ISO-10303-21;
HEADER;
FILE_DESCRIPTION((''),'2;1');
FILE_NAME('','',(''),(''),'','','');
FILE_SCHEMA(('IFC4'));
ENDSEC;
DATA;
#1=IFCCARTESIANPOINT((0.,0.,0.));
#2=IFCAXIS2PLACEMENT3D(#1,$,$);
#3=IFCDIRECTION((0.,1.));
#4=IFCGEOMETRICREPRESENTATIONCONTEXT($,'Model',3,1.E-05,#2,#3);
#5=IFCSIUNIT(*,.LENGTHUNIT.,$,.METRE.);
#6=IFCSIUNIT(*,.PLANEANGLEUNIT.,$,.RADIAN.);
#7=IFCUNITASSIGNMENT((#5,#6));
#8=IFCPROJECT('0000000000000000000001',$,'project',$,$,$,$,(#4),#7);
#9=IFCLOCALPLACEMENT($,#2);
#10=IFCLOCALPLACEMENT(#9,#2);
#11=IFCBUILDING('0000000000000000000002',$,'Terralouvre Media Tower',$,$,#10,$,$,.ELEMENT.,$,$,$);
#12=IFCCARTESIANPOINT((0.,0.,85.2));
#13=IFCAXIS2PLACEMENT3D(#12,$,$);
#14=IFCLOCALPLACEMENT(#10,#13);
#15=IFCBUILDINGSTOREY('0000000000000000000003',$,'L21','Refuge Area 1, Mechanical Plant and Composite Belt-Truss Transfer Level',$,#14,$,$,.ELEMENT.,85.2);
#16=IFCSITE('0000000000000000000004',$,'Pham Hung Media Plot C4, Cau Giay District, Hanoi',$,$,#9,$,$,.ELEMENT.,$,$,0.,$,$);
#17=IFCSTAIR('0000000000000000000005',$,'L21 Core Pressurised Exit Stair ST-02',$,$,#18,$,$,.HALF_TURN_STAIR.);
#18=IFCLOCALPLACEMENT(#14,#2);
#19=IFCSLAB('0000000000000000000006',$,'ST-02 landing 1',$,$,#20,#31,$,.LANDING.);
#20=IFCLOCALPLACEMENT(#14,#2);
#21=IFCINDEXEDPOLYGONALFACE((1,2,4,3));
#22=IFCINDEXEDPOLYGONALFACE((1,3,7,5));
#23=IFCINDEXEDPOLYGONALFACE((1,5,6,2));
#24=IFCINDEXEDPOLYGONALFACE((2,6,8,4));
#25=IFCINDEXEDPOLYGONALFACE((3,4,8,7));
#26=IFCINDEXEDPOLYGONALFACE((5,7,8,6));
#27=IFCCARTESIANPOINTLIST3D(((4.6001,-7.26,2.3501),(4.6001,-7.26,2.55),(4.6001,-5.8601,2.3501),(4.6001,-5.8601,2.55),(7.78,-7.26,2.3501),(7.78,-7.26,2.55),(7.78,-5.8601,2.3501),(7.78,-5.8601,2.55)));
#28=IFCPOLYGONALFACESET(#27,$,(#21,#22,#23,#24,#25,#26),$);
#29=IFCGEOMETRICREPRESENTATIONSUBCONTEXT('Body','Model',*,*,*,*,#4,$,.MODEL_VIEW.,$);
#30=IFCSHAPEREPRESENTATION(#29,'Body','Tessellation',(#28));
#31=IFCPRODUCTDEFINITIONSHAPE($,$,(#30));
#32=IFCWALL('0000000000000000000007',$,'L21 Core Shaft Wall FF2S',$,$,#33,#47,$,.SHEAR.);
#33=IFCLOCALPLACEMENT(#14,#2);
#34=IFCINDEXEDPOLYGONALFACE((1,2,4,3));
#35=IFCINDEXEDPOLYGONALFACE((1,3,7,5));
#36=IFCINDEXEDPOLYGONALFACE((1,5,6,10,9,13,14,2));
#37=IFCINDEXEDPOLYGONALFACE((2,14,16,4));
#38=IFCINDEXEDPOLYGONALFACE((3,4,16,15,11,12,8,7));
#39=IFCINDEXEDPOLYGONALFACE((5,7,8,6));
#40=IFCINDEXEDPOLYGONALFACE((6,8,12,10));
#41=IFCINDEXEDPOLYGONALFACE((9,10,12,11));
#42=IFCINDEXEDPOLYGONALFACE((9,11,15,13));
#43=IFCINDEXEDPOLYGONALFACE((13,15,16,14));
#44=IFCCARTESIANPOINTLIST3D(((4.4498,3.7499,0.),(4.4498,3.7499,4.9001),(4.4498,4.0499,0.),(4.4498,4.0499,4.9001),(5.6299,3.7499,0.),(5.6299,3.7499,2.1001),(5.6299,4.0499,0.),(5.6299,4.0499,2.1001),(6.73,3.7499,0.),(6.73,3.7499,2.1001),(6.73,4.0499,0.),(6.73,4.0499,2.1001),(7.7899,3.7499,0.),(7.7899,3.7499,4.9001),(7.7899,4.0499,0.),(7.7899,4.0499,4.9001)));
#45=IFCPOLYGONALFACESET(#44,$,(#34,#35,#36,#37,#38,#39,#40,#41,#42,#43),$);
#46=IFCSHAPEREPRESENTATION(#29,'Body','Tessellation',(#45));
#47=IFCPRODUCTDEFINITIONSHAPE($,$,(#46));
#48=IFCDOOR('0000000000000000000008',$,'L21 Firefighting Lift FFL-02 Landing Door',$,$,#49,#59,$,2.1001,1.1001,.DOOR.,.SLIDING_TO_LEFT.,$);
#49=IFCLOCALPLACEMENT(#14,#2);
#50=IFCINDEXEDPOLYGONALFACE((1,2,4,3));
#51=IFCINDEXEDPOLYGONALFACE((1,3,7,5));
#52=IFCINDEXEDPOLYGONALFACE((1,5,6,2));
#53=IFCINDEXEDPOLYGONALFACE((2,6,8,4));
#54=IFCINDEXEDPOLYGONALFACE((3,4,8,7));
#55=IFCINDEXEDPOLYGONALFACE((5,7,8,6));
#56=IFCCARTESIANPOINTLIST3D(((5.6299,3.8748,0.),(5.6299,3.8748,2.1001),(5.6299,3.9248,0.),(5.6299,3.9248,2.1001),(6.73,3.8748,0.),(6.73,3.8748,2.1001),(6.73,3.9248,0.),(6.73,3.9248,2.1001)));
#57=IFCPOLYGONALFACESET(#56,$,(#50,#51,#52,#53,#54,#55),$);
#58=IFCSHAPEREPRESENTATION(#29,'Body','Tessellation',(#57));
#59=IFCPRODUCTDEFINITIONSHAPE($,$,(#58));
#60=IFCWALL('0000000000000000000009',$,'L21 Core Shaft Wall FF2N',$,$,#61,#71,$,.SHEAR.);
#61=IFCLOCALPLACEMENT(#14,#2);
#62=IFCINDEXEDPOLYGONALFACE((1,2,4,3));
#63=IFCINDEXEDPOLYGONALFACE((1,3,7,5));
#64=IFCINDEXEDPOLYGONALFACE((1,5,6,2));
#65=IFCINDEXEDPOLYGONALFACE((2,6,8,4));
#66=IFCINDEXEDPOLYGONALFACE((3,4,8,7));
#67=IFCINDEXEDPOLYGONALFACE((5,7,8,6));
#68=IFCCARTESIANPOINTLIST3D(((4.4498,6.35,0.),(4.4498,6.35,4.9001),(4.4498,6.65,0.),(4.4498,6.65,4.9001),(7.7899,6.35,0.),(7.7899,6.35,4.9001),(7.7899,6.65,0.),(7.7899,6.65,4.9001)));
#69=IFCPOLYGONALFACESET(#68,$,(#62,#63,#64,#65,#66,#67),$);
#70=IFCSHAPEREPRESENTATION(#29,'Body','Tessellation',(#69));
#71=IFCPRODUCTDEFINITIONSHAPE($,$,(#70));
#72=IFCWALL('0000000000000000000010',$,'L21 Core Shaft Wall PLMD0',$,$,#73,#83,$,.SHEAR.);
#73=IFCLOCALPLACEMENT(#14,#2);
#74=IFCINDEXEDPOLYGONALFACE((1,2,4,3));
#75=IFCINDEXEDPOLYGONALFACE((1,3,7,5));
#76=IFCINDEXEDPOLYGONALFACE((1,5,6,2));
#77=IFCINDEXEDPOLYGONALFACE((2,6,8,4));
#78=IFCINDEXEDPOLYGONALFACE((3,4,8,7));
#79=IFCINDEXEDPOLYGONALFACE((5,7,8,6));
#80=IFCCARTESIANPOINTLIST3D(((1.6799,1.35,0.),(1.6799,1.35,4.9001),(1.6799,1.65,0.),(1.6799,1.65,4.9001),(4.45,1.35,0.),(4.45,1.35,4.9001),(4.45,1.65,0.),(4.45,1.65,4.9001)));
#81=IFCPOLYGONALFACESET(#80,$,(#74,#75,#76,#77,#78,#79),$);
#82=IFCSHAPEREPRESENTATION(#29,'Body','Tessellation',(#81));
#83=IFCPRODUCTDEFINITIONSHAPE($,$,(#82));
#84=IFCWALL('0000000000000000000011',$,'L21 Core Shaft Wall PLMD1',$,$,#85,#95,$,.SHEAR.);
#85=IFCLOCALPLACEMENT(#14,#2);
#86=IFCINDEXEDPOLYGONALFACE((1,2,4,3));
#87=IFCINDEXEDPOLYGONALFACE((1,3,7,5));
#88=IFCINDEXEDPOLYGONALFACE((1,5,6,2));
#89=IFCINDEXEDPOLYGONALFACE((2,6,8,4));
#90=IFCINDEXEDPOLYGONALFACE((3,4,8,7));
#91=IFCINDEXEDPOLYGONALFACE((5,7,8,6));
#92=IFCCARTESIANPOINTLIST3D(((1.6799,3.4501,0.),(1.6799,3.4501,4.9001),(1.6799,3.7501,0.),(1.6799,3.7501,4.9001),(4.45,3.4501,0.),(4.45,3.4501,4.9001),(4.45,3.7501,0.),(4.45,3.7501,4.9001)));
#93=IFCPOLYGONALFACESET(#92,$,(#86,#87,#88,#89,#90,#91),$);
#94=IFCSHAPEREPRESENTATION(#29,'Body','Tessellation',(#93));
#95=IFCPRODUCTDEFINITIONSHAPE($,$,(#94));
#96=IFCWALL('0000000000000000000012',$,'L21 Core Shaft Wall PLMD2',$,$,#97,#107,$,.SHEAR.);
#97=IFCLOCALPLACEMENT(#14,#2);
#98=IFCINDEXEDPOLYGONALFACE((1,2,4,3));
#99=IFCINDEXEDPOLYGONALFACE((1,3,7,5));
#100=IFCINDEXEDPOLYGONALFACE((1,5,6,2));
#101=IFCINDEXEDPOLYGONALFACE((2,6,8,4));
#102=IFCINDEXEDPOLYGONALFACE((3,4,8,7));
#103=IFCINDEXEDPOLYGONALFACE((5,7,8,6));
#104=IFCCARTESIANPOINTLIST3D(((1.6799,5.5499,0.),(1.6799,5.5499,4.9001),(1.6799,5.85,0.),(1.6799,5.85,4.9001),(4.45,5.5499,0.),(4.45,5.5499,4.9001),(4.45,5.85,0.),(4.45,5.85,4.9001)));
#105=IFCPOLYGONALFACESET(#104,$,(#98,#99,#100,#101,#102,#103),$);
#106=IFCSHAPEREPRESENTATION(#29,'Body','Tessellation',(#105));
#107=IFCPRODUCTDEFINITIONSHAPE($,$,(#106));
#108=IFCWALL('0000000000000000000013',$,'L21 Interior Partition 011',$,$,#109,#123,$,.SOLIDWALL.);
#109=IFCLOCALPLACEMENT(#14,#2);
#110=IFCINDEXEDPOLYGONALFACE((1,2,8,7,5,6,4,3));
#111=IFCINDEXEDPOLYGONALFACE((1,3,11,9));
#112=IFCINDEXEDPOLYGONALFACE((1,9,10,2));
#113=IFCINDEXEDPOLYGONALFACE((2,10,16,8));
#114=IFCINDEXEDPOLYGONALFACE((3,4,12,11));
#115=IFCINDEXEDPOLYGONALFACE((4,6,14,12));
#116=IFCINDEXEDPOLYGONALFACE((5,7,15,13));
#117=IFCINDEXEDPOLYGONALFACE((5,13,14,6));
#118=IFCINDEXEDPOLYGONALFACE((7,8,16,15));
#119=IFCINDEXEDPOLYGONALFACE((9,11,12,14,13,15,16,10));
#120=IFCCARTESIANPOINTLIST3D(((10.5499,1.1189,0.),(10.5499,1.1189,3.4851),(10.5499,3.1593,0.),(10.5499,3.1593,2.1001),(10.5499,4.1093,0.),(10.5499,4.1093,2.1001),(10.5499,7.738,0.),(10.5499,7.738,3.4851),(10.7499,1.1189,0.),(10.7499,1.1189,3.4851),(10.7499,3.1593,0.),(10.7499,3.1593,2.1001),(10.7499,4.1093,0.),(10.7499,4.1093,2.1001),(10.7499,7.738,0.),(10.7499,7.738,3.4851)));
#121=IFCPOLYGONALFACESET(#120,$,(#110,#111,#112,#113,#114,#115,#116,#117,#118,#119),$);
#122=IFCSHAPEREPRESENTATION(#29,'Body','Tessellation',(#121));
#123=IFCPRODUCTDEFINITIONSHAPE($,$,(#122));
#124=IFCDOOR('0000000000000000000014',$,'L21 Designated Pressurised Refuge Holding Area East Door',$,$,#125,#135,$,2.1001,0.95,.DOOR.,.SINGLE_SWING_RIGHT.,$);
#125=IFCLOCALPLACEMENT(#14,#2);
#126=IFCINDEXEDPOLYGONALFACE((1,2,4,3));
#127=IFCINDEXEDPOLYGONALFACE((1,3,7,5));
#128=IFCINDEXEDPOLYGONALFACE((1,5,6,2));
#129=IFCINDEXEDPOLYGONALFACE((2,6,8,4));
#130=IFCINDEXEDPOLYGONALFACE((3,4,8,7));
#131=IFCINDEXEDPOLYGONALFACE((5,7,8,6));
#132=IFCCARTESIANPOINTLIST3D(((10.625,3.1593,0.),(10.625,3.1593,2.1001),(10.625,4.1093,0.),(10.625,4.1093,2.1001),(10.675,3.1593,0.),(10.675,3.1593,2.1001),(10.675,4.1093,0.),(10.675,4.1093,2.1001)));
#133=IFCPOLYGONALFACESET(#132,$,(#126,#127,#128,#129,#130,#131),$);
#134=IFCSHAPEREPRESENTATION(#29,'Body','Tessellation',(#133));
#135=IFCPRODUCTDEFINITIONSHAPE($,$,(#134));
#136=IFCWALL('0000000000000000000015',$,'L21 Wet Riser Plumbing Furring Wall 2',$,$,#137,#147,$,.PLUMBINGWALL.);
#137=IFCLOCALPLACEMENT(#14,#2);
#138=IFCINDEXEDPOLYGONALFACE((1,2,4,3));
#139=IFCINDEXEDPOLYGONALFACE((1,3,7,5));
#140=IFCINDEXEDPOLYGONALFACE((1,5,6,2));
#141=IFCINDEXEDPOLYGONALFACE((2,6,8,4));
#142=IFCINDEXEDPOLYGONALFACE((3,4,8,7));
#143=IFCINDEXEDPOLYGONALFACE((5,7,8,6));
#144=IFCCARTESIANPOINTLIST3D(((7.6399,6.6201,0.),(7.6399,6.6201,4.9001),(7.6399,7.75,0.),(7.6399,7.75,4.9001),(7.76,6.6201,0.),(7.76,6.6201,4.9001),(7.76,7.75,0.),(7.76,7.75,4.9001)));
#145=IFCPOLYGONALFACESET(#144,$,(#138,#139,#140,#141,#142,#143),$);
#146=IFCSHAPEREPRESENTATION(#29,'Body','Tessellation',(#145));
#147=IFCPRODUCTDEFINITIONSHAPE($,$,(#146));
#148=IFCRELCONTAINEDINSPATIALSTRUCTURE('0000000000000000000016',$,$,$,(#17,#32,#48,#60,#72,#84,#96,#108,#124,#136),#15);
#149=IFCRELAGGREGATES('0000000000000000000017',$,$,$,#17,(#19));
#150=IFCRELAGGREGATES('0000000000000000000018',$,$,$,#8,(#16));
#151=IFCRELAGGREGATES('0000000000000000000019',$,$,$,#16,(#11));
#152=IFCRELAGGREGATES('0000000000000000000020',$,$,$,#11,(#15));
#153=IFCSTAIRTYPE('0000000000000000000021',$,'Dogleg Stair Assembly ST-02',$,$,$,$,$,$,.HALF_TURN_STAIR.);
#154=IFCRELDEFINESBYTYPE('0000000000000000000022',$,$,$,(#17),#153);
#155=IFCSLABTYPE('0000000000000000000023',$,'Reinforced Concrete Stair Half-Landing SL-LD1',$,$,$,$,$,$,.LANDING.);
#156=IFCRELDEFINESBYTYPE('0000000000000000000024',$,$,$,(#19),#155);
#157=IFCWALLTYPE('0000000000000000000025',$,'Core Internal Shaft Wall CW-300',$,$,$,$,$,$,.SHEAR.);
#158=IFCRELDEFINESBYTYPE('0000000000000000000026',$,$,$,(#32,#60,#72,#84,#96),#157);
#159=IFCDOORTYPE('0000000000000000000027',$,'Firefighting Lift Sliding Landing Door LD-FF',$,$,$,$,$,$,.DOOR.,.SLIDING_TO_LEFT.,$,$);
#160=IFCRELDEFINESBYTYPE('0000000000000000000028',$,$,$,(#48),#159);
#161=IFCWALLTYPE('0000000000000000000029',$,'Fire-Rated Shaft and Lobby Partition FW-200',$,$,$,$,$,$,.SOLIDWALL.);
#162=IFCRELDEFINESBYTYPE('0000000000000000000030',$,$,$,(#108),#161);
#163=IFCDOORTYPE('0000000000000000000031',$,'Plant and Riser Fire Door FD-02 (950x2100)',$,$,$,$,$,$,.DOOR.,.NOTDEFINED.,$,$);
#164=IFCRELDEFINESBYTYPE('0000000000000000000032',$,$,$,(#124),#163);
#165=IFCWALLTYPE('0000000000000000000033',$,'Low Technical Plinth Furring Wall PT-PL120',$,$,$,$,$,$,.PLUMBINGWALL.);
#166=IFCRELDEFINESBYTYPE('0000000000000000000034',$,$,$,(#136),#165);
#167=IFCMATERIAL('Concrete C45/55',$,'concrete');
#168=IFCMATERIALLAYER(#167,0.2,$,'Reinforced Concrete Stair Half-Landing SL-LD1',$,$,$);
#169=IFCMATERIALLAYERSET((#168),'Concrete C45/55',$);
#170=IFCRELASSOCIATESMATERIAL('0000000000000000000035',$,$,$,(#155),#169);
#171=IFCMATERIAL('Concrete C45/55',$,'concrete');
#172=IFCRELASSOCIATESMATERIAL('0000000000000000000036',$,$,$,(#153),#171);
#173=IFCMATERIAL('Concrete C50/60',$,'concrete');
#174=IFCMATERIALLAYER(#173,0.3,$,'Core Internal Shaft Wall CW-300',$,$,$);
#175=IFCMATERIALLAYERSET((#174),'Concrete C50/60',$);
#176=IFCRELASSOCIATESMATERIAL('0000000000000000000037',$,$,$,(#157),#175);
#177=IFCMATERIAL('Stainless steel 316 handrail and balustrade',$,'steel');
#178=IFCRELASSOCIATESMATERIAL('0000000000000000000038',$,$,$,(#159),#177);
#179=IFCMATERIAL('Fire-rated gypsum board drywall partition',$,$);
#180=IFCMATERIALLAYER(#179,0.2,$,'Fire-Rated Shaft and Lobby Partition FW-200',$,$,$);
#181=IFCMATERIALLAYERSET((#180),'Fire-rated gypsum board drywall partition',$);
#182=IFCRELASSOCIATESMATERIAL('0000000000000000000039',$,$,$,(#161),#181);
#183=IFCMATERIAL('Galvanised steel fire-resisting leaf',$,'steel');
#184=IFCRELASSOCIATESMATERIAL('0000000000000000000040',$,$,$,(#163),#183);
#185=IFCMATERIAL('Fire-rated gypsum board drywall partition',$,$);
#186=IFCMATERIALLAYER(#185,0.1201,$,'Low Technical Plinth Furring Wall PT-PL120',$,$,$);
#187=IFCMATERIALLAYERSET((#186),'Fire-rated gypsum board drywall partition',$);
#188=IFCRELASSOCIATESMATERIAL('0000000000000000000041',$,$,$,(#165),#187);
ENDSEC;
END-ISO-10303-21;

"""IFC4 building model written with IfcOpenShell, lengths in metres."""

from ifc_helpers import new_model, si_unit, direction, frame, frame_2d, origin, place, context, subcontext, project, spatial, polyline, rectangle, outline, extrude, material, layer, layer_set, type_object, element, fill, aggregate, save


model = new_model("IFC4")

# Units and contexts
model_context = context("Model", 3, precision=1e-05, world=origin(), true_north=direction((0.0, 1.0)))
body_context = subcontext(model_context, "Body", "Model", "MODEL_VIEW")
ifc_project = project(units=[si_unit("LENGTHUNIT", "METRE"), si_unit("PLANEANGLEUNIT", "RADIAN")], contexts=[model_context])

# Site, building, storey
site_placement = place(None, origin())
site = spatial("IfcSite", under=ifc_project, at=site_placement, Name="Pham Hung Media Plot C4, Cau Giay District, Hanoi", CompositionType="ELEMENT", RefElevation=0.0)
building_placement = place(site_placement, origin())
building = spatial("IfcBuilding", under=site, at=building_placement, Name="Terralouvre Media Tower", CompositionType="ELEMENT")
storey_placement = place(building_placement, frame((0.0, 0.0, 85.2)))
storey = spatial("IfcBuildingStorey", under=building, at=storey_placement, Name="L21", Description="Refuge Area 1, Mechanical Plant and Composite Belt-Truss Transfer Level", CompositionType="ELEMENT", Elevation=85.2)

# Stair, slab
ifc_material_1 = material(Name="Concrete C45/55", Category="concrete")
ifc_layer_1 = layer(ifc_material_1, 0.2, Name="Reinforced Concrete Stair Half-Landing SL-LD1")
ifc_layer_set_1 = layer_set([ifc_layer_1], Name="Concrete C45/55")
slab_type = type_object("IfcSlabType", Name="Reinforced Concrete Stair Half-Landing SL-LD1", PredefinedType="LANDING", material=ifc_layer_set_1)
ifc_material_2 = material(Name="Concrete C45/55", Category="concrete")
stair_type_1 = type_object("IfcStairType", Name="Dogleg Stair Assembly ST-02", PredefinedType="HALF_TURN_STAIR", material=ifc_material_2)
stair_1_placement = place(storey_placement, origin())
stair_1 = element("IfcStair", 1, at=stair_1_placement, inside=storey, type_object=stair_type_1, Name="L21 Core Pressurised Exit Stair ST-02", PredefinedType="HALF_TURN_STAIR")
slab_1_placement = place(storey_placement, frame((0.0, 0.0, 2.3501)))
slab_1 = element("IfcSlab", 2, at=slab_1_placement, type_object=slab_type, Name="ST-02 landing 1", PredefinedType="LANDING", context=body_context, shape_type="SweptSolid", body=[
    extrude(outline(polyline([(4.6001, -5.8601), (4.6001, -7.26), (7.78, -7.26), (7.78, -5.8601), (4.6001, -5.8601)])), origin(), (0.0, 0.0, 1.0), 0.2),
])
aggregate(stair_1, [slab_1])

# Wall, opening, door
ifc_material_3 = material(Name="Concrete C50/60", Category="concrete")
ifc_layer_2 = layer(ifc_material_3, 0.3, Name="Core Internal Shaft Wall CW-300")
ifc_layer_set_2 = layer_set([ifc_layer_2], Name="Concrete C50/60")
wall_type_1 = type_object("IfcWallType", Name="Core Internal Shaft Wall CW-300", PredefinedType="SHEAR", material=ifc_layer_set_2)
wall_1_placement = place(storey_placement, frame((4.45, 3.8999, 0.0), z_axis=(0.0, 0.0, 1.0), x_axis=(1.0, 0.0, 0.0)))
wall_1 = element("IfcWall", 3, at=wall_1_placement, inside=storey, type_object=wall_type_1, Name="L21 Core Shaft Wall FF2S", PredefinedType="SHEAR", context=body_context, shape_type="SweptSolid", body=[
    extrude(rectangle(XDim=3.3401, YDim=0.3, at=frame_2d((1.6699, 0.0))), origin(), (0.0, 0.0, 1.0), 4.9001),
])
opening_1_placement = place(wall_1_placement, frame((1.1799, 0.0, 0.0)))
opening_1 = element("IfcOpeningElement", 4, at=opening_1_placement, cuts=wall_1, PredefinedType="OPENING", context=body_context, shape_type="SweptSolid", body=[
    extrude(rectangle(XDim=1.1001, YDim=2.1001, at=frame_2d((0.55, 1.05))), frame((0.0, 0.1599, 0.0), z_axis=(0.0, -1.0, 0.0), x_axis=(1.0, 0.0, 0.0)), (0.0, 0.0, 1.0), 0.3201),
])
ifc_material_4 = material(Name="Stainless steel 316 handrail and balustrade", Category="steel")
door_type_1 = type_object("IfcDoorType", Name="Firefighting Lift Sliding Landing Door LD-FF", OperationType="SLIDING_TO_LEFT", PredefinedType="DOOR", material=ifc_material_4)
door_1_placement = place(opening_1_placement, origin())
door_1 = element("IfcDoor", 5, at=door_1_placement, inside=storey, type_object=door_type_1, Name="L21 Firefighting Lift FFL-02 Landing Door", OperationType="SLIDING_TO_LEFT", OverallHeight=2.1001, OverallWidth=1.1001, PredefinedType="DOOR", context=body_context, shape_type="SweptSolid", body=[
    extrude(rectangle(XDim=1.1001, YDim=2.1001, at=frame_2d((0.55, 1.05))), frame((0.0, 0.0249, 0.0), z_axis=(0.0, -1.0, 0.0), x_axis=(1.0, 0.0, 0.0)), (0.0, 0.0, 1.0), 0.05),
])
fill(opening_1, door_1)

# Walls
wall_2_placement = place(storey_placement, frame((4.45, 6.5, 0.0), z_axis=(0.0, 0.0, 1.0), x_axis=(1.0, 0.0, 0.0)))
element("IfcWall", 6, at=wall_2_placement, inside=storey, type_object=wall_type_1, Name="L21 Core Shaft Wall FF2N", PredefinedType="SHEAR", context=body_context, shape_type="SweptSolid", body=[
    extrude(rectangle(XDim=3.3401, YDim=0.3, at=frame_2d((1.6699, 0.0))), origin(), (0.0, 0.0, 1.0), 4.9001),
])
for number, where, z_axis, x_axis, name in (
    (7, (1.6799, 1.5, 0.0), (0.0, 0.0, 1.0), (1.0, 0.0, 0.0), "L21 Core Shaft Wall PLMD0"),
    (8, (1.6799, 3.6001, 0.0), (0.0, 0.0, 1.0), (1.0, 0.0, 0.0), "L21 Core Shaft Wall PLMD1"),
    (9, (1.6799, 5.7, 0.0), (0.0, 0.0, 1.0), (1.0, 0.0, 0.0), "L21 Core Shaft Wall PLMD2"),
):
    element("IfcWall", number, at=place(storey_placement, frame(where, z_axis=z_axis, x_axis=x_axis)), inside=storey, type_object=wall_type_1, Name=name, PredefinedType="SHEAR", context=body_context, shape_type="SweptSolid", body=[
        extrude(rectangle(XDim=2.77, YDim=0.3, at=frame_2d((1.385, 0.0))), origin(), (0.0, 0.0, 1.0), 4.9001),
    ])

# Wall, opening, door
ifc_material_5 = material(Name="Fire-rated gypsum board drywall partition")
ifc_layer_3 = layer(ifc_material_5, 0.2, Name="Fire-Rated Shaft and Lobby Partition FW-200")
ifc_layer_set_3 = layer_set([ifc_layer_3], Name="Fire-rated gypsum board drywall partition")
wall_type_2 = type_object("IfcWallType", Name="Fire-Rated Shaft and Lobby Partition FW-200", PredefinedType="SOLIDWALL", material=ifc_layer_set_3)
wall_3_placement = place(storey_placement, frame((10.6499, 1.1189, 0.0), z_axis=(0.0, 0.0, 1.0), x_axis=(0.0, 1.0, 0.0)))
wall_3 = element("IfcWall", 10, at=wall_3_placement, inside=storey, type_object=wall_type_2, Name="L21 Interior Partition 011", PredefinedType="SOLIDWALL", context=body_context, shape_type="SweptSolid", body=[
    extrude(rectangle(XDim=6.6191, YDim=0.2, at=frame_2d((3.3096, 0.0))), origin(), (0.0, 0.0, 1.0), 3.4851),
])
opening_2_placement = place(wall_3_placement, frame((2.0403, 0.0, 0.0)))
opening_2 = element("IfcOpeningElement", 11, at=opening_2_placement, cuts=wall_3, PredefinedType="OPENING", context=body_context, shape_type="SweptSolid", body=[
    extrude(rectangle(XDim=0.95, YDim=2.1001, at=frame_2d((0.4751, 1.05))), frame((0.0, 0.1099, 0.0), z_axis=(0.0, -1.0, 0.0), x_axis=(1.0, 0.0, 0.0)), (0.0, 0.0, 1.0), 0.22),
])
ifc_material_6 = material(Name="Galvanised steel fire-resisting leaf", Category="steel")
door_type_2 = type_object("IfcDoorType", Name="Plant and Riser Fire Door FD-02 (950x2100)", OperationType="NOTDEFINED", PredefinedType="DOOR", material=ifc_material_6)
door_2_placement = place(opening_2_placement, origin())
door_2 = element("IfcDoor", 12, at=door_2_placement, inside=storey, type_object=door_type_2, Name="L21 Designated Pressurised Refuge Holding Area East Door", OperationType="SINGLE_SWING_RIGHT", OverallHeight=2.1001, OverallWidth=0.95, PredefinedType="DOOR", context=body_context, shape_type="SweptSolid", body=[
    extrude(rectangle(XDim=0.95, YDim=2.1001, at=frame_2d((0.4751, 1.05))), frame((0.0, 0.0249, 0.0), z_axis=(0.0, -1.0, 0.0), x_axis=(1.0, 0.0, 0.0)), (0.0, 0.0, 1.0), 0.05),
])
fill(opening_2, door_2)

# Wall
ifc_material_7 = material(Name="Fire-rated gypsum board drywall partition")
ifc_layer_4 = layer(ifc_material_7, 0.1201, Name="Low Technical Plinth Furring Wall PT-PL120")
ifc_layer_set_4 = layer_set([ifc_layer_4], Name="Fire-rated gypsum board drywall partition")
wall_type_3 = type_object("IfcWallType", Name="Low Technical Plinth Furring Wall PT-PL120", PredefinedType="PLUMBINGWALL", material=ifc_layer_set_4)
wall_4_placement = place(storey_placement, frame((7.7, 6.6201, 0.0), z_axis=(0.0, 0.0, 1.0), x_axis=(0.0, 1.0, 0.0)))
element("IfcWall", 13, at=wall_4_placement, inside=storey, type_object=wall_type_3, Name="L21 Wet Riser Plumbing Furring Wall 2", PredefinedType="PLUMBINGWALL", context=body_context, shape_type="SweptSolid", body=[
    extrude(rectangle(XDim=1.1299, YDim=0.1201, at=frame_2d((0.5649, 0.0))), origin(), (0.0, 0.0, 1.0), 4.9001),
])

save(model, "model.ifc")
